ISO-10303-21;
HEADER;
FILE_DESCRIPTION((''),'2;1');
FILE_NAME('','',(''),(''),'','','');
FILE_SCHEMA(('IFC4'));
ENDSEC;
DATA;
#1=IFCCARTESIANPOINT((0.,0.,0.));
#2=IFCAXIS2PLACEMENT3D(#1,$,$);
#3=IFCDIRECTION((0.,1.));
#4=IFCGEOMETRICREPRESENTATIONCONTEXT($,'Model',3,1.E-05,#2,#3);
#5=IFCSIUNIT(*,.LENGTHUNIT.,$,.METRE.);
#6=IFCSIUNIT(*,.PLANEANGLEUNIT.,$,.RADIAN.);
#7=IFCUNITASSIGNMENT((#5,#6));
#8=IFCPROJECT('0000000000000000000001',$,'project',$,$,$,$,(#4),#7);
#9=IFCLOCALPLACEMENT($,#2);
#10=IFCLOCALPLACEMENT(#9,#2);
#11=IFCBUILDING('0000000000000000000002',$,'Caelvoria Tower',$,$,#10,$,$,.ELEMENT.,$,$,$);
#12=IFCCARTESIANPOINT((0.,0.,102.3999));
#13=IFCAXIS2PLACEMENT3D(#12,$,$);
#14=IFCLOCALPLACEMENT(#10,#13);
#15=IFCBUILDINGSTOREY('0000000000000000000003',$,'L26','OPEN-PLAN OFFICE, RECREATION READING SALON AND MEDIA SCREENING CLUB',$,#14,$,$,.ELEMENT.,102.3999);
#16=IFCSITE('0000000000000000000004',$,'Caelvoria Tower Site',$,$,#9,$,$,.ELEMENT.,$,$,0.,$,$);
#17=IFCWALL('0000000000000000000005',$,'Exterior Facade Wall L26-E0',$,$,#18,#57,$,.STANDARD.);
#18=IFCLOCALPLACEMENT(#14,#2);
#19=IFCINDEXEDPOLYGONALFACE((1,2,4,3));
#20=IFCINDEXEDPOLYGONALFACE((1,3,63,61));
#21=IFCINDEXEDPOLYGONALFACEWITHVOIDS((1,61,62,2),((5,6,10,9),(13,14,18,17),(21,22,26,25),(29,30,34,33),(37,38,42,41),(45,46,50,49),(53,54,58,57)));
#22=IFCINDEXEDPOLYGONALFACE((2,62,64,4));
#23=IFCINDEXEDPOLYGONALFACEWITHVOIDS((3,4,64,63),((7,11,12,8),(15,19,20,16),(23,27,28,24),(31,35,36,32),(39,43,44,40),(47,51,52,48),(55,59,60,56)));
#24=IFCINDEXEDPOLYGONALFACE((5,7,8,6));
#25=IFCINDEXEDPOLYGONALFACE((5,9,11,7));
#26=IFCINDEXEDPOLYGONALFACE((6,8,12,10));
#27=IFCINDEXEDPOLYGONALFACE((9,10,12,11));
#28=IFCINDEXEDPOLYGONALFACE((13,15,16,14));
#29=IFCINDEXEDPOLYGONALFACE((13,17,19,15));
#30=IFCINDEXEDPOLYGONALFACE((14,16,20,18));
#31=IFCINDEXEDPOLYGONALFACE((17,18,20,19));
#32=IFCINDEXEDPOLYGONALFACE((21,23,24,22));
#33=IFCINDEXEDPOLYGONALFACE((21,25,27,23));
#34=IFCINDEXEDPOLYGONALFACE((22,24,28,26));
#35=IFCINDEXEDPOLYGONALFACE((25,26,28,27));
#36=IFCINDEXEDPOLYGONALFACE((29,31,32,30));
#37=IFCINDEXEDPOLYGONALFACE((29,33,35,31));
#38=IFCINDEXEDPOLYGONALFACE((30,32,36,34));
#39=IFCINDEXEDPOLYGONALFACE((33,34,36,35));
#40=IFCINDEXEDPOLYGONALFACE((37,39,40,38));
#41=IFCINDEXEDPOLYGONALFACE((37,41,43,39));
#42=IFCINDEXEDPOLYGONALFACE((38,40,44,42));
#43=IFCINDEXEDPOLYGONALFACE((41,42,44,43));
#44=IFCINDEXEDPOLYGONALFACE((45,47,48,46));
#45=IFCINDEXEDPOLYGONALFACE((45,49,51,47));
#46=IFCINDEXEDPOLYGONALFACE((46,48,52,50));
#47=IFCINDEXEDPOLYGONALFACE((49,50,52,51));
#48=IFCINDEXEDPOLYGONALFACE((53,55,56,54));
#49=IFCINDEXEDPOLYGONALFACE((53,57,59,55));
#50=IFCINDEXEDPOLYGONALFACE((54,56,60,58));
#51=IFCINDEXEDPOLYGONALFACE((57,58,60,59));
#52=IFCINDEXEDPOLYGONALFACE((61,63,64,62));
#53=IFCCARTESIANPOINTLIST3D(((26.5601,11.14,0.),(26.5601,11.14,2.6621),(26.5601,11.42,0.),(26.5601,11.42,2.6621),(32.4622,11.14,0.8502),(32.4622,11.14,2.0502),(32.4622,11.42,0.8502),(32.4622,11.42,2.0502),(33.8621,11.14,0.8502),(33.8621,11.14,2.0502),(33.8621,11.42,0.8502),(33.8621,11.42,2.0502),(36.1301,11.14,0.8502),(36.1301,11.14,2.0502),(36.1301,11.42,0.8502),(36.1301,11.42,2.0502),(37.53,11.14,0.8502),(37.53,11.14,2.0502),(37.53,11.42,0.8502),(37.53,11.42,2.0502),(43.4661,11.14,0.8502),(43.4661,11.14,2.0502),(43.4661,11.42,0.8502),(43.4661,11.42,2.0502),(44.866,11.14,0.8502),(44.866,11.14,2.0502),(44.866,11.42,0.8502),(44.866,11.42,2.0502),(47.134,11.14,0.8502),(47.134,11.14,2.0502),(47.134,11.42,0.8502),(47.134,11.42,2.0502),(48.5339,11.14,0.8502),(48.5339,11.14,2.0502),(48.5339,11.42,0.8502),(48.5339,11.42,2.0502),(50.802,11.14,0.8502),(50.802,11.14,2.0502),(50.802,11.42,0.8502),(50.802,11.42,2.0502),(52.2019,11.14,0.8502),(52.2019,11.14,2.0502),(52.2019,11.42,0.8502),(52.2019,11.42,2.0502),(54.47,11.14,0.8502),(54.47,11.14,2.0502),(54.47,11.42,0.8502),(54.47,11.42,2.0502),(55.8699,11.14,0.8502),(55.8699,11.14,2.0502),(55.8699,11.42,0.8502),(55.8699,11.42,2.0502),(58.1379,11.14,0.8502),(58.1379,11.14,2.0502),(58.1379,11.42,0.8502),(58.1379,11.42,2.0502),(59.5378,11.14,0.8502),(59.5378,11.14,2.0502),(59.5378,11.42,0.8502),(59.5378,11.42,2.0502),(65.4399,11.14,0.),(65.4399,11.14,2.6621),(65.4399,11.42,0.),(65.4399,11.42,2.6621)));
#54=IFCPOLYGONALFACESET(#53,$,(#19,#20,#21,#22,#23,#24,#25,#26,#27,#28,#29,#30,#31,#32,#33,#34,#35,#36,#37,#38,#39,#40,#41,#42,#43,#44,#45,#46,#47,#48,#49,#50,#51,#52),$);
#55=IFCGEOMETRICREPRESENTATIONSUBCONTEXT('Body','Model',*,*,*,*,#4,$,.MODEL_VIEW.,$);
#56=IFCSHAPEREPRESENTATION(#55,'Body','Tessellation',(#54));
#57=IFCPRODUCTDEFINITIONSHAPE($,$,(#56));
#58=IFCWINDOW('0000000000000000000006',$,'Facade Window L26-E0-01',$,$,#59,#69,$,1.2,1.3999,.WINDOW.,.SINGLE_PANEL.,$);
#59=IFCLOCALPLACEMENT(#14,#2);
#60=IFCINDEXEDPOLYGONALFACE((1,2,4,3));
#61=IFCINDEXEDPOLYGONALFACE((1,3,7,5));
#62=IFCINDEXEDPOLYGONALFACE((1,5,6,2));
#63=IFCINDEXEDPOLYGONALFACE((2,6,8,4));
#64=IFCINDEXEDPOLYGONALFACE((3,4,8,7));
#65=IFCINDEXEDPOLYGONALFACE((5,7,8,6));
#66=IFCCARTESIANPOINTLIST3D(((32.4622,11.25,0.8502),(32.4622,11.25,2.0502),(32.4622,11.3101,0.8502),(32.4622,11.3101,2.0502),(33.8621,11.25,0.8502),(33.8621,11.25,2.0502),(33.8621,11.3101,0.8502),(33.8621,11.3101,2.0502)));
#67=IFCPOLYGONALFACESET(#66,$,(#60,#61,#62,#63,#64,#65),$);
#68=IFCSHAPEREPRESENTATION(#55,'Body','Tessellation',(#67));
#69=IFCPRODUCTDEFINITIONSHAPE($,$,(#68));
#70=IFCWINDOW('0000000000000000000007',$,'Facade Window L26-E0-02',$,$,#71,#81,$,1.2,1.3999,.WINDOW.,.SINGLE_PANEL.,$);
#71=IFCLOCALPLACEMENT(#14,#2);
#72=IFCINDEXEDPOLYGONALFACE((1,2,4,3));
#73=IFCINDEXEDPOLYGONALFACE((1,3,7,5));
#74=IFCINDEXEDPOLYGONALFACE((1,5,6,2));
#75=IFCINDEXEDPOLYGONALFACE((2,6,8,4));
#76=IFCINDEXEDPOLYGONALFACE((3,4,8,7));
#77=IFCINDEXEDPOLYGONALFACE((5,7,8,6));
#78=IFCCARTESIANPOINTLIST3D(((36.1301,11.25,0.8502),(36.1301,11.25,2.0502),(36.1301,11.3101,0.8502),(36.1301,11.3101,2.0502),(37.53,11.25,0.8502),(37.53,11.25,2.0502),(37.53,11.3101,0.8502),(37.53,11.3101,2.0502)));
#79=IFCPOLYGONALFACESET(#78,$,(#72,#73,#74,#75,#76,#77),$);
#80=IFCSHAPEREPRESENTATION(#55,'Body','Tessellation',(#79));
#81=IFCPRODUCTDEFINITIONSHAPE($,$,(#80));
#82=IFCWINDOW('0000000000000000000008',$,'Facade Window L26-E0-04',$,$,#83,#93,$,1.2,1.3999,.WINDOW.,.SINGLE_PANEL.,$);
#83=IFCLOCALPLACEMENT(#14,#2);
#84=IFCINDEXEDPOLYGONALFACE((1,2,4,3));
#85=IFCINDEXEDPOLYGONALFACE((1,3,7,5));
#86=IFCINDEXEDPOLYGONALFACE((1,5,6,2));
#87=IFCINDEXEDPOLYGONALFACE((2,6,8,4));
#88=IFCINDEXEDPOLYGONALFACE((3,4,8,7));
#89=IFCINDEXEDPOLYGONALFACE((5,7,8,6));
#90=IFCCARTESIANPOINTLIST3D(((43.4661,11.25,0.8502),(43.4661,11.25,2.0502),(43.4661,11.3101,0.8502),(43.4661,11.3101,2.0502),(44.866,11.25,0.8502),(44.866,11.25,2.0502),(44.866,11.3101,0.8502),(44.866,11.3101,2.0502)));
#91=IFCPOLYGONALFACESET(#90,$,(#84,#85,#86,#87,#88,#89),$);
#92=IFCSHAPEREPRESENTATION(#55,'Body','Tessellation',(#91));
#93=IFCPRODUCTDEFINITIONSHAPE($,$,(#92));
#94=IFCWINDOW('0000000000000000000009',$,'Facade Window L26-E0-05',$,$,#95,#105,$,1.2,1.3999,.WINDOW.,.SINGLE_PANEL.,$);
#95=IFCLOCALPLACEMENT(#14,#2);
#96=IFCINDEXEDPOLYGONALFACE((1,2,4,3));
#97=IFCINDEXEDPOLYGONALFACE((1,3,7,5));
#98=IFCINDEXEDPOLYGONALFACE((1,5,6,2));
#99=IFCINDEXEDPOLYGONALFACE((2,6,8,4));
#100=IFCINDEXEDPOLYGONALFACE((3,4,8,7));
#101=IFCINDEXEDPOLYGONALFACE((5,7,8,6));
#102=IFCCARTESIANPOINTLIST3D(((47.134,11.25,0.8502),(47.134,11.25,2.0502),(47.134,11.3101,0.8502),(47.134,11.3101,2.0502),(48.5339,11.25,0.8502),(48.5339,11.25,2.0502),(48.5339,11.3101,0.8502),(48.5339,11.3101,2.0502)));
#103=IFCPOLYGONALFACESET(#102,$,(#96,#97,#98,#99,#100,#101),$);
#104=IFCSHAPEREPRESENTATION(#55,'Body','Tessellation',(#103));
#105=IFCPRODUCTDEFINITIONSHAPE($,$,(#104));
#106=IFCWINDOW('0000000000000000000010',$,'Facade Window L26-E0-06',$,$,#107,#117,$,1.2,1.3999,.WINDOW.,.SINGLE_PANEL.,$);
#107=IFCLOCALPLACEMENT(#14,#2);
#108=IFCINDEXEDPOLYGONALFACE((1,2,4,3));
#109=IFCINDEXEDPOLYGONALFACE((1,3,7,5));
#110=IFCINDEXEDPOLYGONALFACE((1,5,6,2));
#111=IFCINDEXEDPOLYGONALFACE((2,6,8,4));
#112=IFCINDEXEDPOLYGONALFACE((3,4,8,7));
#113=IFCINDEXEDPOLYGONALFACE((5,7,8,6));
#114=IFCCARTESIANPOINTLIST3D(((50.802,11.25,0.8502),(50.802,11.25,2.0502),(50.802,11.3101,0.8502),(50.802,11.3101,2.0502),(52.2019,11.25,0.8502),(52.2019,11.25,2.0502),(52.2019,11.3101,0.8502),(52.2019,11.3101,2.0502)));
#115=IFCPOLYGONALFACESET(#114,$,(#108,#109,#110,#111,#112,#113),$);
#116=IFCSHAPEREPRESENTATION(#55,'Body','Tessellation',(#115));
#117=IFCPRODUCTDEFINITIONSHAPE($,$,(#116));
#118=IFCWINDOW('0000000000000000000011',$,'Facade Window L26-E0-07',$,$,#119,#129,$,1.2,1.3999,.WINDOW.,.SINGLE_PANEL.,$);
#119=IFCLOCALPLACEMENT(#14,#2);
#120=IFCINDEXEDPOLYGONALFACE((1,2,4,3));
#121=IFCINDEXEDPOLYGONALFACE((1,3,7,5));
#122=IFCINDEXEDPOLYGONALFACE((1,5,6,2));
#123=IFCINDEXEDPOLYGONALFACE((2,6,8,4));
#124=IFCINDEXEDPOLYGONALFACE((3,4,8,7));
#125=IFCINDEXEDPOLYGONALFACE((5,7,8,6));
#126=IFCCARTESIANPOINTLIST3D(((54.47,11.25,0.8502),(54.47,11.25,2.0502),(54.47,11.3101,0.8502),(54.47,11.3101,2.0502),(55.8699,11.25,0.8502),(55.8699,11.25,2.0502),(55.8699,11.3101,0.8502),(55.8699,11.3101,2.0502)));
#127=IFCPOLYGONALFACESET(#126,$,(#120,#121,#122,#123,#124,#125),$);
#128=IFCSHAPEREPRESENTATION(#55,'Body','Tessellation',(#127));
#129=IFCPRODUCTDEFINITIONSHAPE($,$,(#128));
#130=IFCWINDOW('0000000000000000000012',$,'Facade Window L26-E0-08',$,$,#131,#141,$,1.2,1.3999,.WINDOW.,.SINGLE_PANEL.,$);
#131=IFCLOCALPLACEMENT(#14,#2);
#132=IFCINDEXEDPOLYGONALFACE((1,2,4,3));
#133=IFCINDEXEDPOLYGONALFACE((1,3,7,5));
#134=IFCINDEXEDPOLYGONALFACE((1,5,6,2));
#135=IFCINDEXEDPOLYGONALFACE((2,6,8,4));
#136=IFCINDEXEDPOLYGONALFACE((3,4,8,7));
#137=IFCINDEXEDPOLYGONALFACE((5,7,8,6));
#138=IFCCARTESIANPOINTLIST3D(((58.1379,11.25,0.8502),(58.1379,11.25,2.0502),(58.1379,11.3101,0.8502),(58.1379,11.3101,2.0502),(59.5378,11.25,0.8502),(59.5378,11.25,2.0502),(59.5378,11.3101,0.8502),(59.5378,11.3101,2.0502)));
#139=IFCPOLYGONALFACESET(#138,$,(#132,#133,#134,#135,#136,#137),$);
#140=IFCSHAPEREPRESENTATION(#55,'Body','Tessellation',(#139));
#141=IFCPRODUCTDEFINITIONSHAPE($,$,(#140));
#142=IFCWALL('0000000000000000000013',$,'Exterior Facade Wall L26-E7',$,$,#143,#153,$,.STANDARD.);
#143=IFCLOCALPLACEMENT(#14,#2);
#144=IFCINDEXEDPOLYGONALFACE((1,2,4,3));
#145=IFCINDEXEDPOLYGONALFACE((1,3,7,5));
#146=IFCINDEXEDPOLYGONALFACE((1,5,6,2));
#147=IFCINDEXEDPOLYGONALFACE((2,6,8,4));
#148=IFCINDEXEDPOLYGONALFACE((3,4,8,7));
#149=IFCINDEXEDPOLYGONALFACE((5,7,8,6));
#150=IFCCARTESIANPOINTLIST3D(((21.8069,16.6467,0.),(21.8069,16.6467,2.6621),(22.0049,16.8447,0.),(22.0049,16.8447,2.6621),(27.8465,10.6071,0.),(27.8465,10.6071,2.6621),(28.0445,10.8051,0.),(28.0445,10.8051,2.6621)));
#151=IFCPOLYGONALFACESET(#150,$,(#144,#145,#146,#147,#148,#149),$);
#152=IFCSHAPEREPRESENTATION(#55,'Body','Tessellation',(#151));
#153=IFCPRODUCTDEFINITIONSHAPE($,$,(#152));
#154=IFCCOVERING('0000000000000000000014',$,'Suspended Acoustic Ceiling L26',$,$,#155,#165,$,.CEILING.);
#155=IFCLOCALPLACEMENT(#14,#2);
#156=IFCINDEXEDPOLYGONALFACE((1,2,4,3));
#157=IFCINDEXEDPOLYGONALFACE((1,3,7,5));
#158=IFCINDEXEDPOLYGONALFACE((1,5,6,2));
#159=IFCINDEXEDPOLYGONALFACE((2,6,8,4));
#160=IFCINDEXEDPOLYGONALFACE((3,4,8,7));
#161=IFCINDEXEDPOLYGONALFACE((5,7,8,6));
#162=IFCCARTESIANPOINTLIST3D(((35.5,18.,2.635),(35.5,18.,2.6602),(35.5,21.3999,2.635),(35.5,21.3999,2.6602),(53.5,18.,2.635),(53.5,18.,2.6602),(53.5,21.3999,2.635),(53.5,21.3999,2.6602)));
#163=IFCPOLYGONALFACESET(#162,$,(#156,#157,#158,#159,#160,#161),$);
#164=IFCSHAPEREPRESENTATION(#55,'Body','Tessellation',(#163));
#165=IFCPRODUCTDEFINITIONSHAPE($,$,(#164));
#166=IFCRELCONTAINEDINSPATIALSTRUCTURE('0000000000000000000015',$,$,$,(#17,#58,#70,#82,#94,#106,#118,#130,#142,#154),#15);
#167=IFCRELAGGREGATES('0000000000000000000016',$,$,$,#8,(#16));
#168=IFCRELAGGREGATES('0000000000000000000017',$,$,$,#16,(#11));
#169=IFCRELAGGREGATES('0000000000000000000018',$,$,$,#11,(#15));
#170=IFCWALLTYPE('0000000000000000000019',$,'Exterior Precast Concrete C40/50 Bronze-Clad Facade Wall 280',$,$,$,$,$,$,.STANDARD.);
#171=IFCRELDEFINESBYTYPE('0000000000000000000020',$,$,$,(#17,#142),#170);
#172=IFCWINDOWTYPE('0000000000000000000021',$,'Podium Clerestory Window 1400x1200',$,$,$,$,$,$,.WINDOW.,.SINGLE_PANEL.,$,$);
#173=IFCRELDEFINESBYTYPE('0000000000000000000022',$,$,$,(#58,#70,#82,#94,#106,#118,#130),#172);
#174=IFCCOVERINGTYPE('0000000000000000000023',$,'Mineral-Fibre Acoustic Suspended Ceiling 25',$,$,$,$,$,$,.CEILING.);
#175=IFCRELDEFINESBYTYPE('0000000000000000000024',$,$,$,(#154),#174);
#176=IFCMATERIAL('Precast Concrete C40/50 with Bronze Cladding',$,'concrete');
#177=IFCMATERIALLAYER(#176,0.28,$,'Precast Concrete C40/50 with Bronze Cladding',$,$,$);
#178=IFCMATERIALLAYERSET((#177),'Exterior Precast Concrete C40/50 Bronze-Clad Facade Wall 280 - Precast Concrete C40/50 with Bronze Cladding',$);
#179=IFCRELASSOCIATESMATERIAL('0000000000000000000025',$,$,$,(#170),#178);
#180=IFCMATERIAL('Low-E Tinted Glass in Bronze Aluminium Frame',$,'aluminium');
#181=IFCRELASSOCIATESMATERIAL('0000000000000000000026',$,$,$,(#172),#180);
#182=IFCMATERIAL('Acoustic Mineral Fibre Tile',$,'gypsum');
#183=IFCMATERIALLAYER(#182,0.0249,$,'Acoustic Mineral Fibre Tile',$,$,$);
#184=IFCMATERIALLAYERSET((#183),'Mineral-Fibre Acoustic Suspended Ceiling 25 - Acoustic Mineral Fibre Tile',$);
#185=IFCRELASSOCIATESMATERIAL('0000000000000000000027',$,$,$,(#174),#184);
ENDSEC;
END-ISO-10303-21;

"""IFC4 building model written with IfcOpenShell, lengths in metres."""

from ifc_helpers import new_model, si_unit, direction, frame, frame_2d, origin, place, context, subcontext, project, spatial, polyline, rectangle, outline, extrude, material, layer, layer_set, type_object, element, fill, save


model = new_model("IFC4")

# Units and contexts
model_context = context("Model", 3, precision=1e-05, world=origin(), true_north=direction((0.0, 1.0)))
body_context = subcontext(model_context, "Body", "Model", "MODEL_VIEW")
ifc_project = project(units=[si_unit("LENGTHUNIT", "METRE"), si_unit("PLANEANGLEUNIT", "RADIAN")], contexts=[model_context])

# Site, building, storey
site_placement = place(None, origin())
site = spatial("IfcSite", under=ifc_project, at=site_placement, Name="Caelvoria Tower Site", CompositionType="ELEMENT", RefElevation=0.0)
building_placement = place(site_placement, origin())
building = spatial("IfcBuilding", under=site, at=building_placement, Name="Caelvoria Tower", CompositionType="ELEMENT")
storey_placement = place(building_placement, frame((0.0, 0.0, 102.3999)))
storey = spatial("IfcBuildingStorey", under=building, at=storey_placement, Name="L26", Description="OPEN-PLAN OFFICE, RECREATION READING SALON AND MEDIA SCREENING CLUB", CompositionType="ELEMENT", Elevation=102.3999)

# Wall, openings, windows
ifc_material_1 = material(Name="Precast Concrete C40/50 with Bronze Cladding", Category="concrete")
ifc_layer_1 = layer(ifc_material_1, 0.28, Name="Precast Concrete C40/50 with Bronze Cladding")
ifc_layer_set_1 = layer_set([ifc_layer_1], Name="Exterior Precast Concrete C40/50 Bronze-Clad Facade Wall 280 - Precast Concrete C40/50 with Bronze Cladding")
wall_type = type_object("IfcWallType", Name="Exterior Precast Concrete C40/50 Bronze-Clad Facade Wall 280", PredefinedType="STANDARD", material=ifc_layer_set_1)
wall_1_placement = place(storey_placement, frame((26.5601, 11.28, 0.0), z_axis=(0.0, 0.0, 1.0), x_axis=(1.0, 0.0, 0.0)))
wall_1 = element("IfcWall", 1, at=wall_1_placement, inside=storey, type_object=wall_type, Name="Exterior Facade Wall L26-E0", PredefinedType="STANDARD", context=body_context, shape_type="SweptSolid", body=[
    extrude(rectangle(XDim=38.8799, YDim=0.28, at=frame_2d((19.4399, 0.0))), origin(), (0.0, 0.0, 1.0), 2.6621),
])
opening_1_placement = place(wall_1_placement, frame((5.9021, 0.0, 0.8501)))
opening_1 = element("IfcOpeningElement", 2, at=opening_1_placement, cuts=wall_1, PredefinedType="OPENING", context=body_context, shape_type="SweptSolid", body=[
    extrude(rectangle(XDim=1.3999, YDim=1.2, at=frame_2d((0.7, 0.6001))), frame((0.0, 0.1499, 0.0), z_axis=(0.0, -1.0, 0.0), x_axis=(1.0, 0.0, 0.0)), (0.0, 0.0, 1.0), 0.3),
])
opening_2_placement = place(wall_1_placement, frame((9.5701, 0.0, 0.8501)))
opening_2 = element("IfcOpeningElement", 3, at=opening_2_placement, cuts=wall_1, PredefinedType="OPENING", context=body_context, shape_type="SweptSolid", body=[
    extrude(rectangle(XDim=1.3999, YDim=1.2, at=frame_2d((0.7, 0.6001))), frame((0.0, 0.1499, 0.0), z_axis=(0.0, -1.0, 0.0), x_axis=(1.0, 0.0, 0.0)), (0.0, 0.0, 1.0), 0.3),
])
opening_3_placement = place(wall_1_placement, frame((16.906, 0.0, 0.8501)))
opening_3 = element("IfcOpeningElement", 4, at=opening_3_placement, cuts=wall_1, PredefinedType="OPENING", context=body_context, shape_type="SweptSolid", body=[
    extrude(rectangle(XDim=1.3999, YDim=1.2, at=frame_2d((0.7, 0.6001))), frame((0.0, 0.1499, 0.0), z_axis=(0.0, -1.0, 0.0), x_axis=(1.0, 0.0, 0.0)), (0.0, 0.0, 1.0), 0.3),
])
opening_4_placement = place(wall_1_placement, frame((20.574, 0.0, 0.8501)))
opening_4 = element("IfcOpeningElement", 5, at=opening_4_placement, cuts=wall_1, PredefinedType="OPENING", context=body_context, shape_type="SweptSolid", body=[
    extrude(rectangle(XDim=1.3999, YDim=1.2, at=frame_2d((0.7, 0.6001))), frame((0.0, 0.1499, 0.0), z_axis=(0.0, -1.0, 0.0), x_axis=(1.0, 0.0, 0.0)), (0.0, 0.0, 1.0), 0.3),
])
opening_5_placement = place(wall_1_placement, frame((24.2419, 0.0, 0.8501)))
opening_5 = element("IfcOpeningElement", 6, at=opening_5_placement, cuts=wall_1, PredefinedType="OPENING", context=body_context, shape_type="SweptSolid", body=[
    extrude(rectangle(XDim=1.3999, YDim=1.2, at=frame_2d((0.7, 0.6001))), frame((0.0, 0.1499, 0.0), z_axis=(0.0, -1.0, 0.0), x_axis=(1.0, 0.0, 0.0)), (0.0, 0.0, 1.0), 0.3),
])
opening_6_placement = place(wall_1_placement, frame((27.9099, 0.0, 0.8501)))
opening_6 = element("IfcOpeningElement", 7, at=opening_6_placement, cuts=wall_1, PredefinedType="OPENING", context=body_context, shape_type="SweptSolid", body=[
    extrude(rectangle(XDim=1.3999, YDim=1.2, at=frame_2d((0.7, 0.6001))), frame((0.0, 0.1499, 0.0), z_axis=(0.0, -1.0, 0.0), x_axis=(1.0, 0.0, 0.0)), (0.0, 0.0, 1.0), 0.3),
])
opening_7_placement = place(wall_1_placement, frame((31.5779, 0.0, 0.8501)))
opening_7 = element("IfcOpeningElement", 8, at=opening_7_placement, cuts=wall_1, PredefinedType="OPENING", context=body_context, shape_type="SweptSolid", body=[
    extrude(rectangle(XDim=1.3999, YDim=1.2, at=frame_2d((0.7, 0.6001))), frame((0.0, 0.1499, 0.0), z_axis=(0.0, -1.0, 0.0), x_axis=(1.0, 0.0, 0.0)), (0.0, 0.0, 1.0), 0.3),
])
ifc_material_2 = material(Name="Low-E Tinted Glass in Bronze Aluminium Frame", Category="aluminium")
window_type = type_object("IfcWindowType", Name="Podium Clerestory Window 1400x1200", PartitioningType="SINGLE_PANEL", PredefinedType="WINDOW", material=ifc_material_2)
window_1_placement = place(opening_1_placement, origin())
window_1 = element("IfcWindow", 9, at=window_1_placement, inside=storey, type_object=window_type, Name="Facade Window L26-E0-01", OverallHeight=1.2, OverallWidth=1.3999, PartitioningType="SINGLE_PANEL", PredefinedType="WINDOW", context=body_context, shape_type="SweptSolid", body=[
    extrude(rectangle(XDim=1.3999, YDim=1.2, at=frame_2d((0.7, 0.6001))), frame((0.0, 0.03, 0.0), z_axis=(0.0, -1.0, 0.0), x_axis=(1.0, 0.0, 0.0)), (0.0, 0.0, 1.0), 0.0601),
])
fill(opening_1, window_1)
window_2_placement = place(opening_2_placement, origin())
window_2 = element("IfcWindow", 10, at=window_2_placement, inside=storey, type_object=window_type, Name="Facade Window L26-E0-02", OverallHeight=1.2, OverallWidth=1.3999, PartitioningType="SINGLE_PANEL", PredefinedType="WINDOW", context=body_context, shape_type="SweptSolid", body=[
    extrude(rectangle(XDim=1.3999, YDim=1.2, at=frame_2d((0.7, 0.6001))), frame((0.0, 0.03, 0.0), z_axis=(0.0, -1.0, 0.0), x_axis=(1.0, 0.0, 0.0)), (0.0, 0.0, 1.0), 0.0601),
])
fill(opening_2, window_2)
window_3_placement = place(opening_3_placement, origin())
window_3 = element("IfcWindow", 11, at=window_3_placement, inside=storey, type_object=window_type, Name="Facade Window L26-E0-04", OverallHeight=1.2, OverallWidth=1.3999, PartitioningType="SINGLE_PANEL", PredefinedType="WINDOW", context=body_context, shape_type="SweptSolid", body=[
    extrude(rectangle(XDim=1.3999, YDim=1.2, at=frame_2d((0.7, 0.6001))), frame((0.0, 0.03, 0.0), z_axis=(0.0, -1.0, 0.0), x_axis=(1.0, 0.0, 0.0)), (0.0, 0.0, 1.0), 0.0601),
])
fill(opening_3, window_3)
window_4_placement = place(opening_4_placement, origin())
window_4 = element("IfcWindow", 12, at=window_4_placement, inside=storey, type_object=window_type, Name="Facade Window L26-E0-05", OverallHeight=1.2, OverallWidth=1.3999, PartitioningType="SINGLE_PANEL", PredefinedType="WINDOW", context=body_context, shape_type="SweptSolid", body=[
    extrude(rectangle(XDim=1.3999, YDim=1.2, at=frame_2d((0.7, 0.6001))), frame((0.0, 0.03, 0.0), z_axis=(0.0, -1.0, 0.0), x_axis=(1.0, 0.0, 0.0)), (0.0, 0.0, 1.0), 0.0601),
])
fill(opening_4, window_4)
window_5_placement = place(opening_5_placement, origin())
window_5 = element("IfcWindow", 13, at=window_5_placement, inside=storey, type_object=window_type, Name="Facade Window L26-E0-06", OverallHeight=1.2, OverallWidth=1.3999, PartitioningType="SINGLE_PANEL", PredefinedType="WINDOW", context=body_context, shape_type="SweptSolid", body=[
    extrude(rectangle(XDim=1.3999, YDim=1.2, at=frame_2d((0.7, 0.6001))), frame((0.0, 0.03, 0.0), z_axis=(0.0, -1.0, 0.0), x_axis=(1.0, 0.0, 0.0)), (0.0, 0.0, 1.0), 0.0601),
])
fill(opening_5, window_5)
window_6_placement = place(opening_6_placement, origin())
window_6 = element("IfcWindow", 14, at=window_6_placement, inside=storey, type_object=window_type, Name="Facade Window L26-E0-07", OverallHeight=1.2, OverallWidth=1.3999, PartitioningType="SINGLE_PANEL", PredefinedType="WINDOW", context=body_context, shape_type="SweptSolid", body=[
    extrude(rectangle(XDim=1.3999, YDim=1.2, at=frame_2d((0.7, 0.6001))), frame((0.0, 0.03, 0.0), z_axis=(0.0, -1.0, 0.0), x_axis=(1.0, 0.0, 0.0)), (0.0, 0.0, 1.0), 0.0601),
])
fill(opening_6, window_6)
window_7_placement = place(opening_7_placement, origin())
window_7 = element("IfcWindow", 15, at=window_7_placement, inside=storey, type_object=window_type, Name="Facade Window L26-E0-08", OverallHeight=1.2, OverallWidth=1.3999, PartitioningType="SINGLE_PANEL", PredefinedType="WINDOW", context=body_context, shape_type="SweptSolid", body=[
    extrude(rectangle(XDim=1.3999, YDim=1.2, at=frame_2d((0.7, 0.6001))), frame((0.0, 0.03, 0.0), z_axis=(0.0, -1.0, 0.0), x_axis=(1.0, 0.0, 0.0)), (0.0, 0.0, 1.0), 0.0601),
])
fill(opening_7, window_7)

# Wall
wall_2_placement = place(storey_placement, frame((21.906, 16.7456, 0.0), z_axis=(0.0, 0.0, 1.0), x_axis=(0.707107, -0.707107, 0.0)))
element("IfcWall", 16, at=wall_2_placement, inside=storey, type_object=wall_type, Name="Exterior Facade Wall L26-E7", PredefinedType="STANDARD", context=body_context, shape_type="SweptSolid", body=[
    extrude(rectangle(XDim=8.5413, YDim=0.28, at=frame_2d((4.2705, 0.0))), origin(), (0.0, 0.0, 1.0), 2.6621),
])

# Covering
ifc_material_3 = material(Name="Acoustic Mineral Fibre Tile", Category="gypsum")
ifc_layer_2 = layer(ifc_material_3, 0.0249, Name="Acoustic Mineral Fibre Tile")
ifc_layer_set_2 = layer_set([ifc_layer_2], Name="Mineral-Fibre Acoustic Suspended Ceiling 25 - Acoustic Mineral Fibre Tile")
covering_type_1 = type_object("IfcCoveringType", Name="Mineral-Fibre Acoustic Suspended Ceiling 25", PredefinedType="CEILING", material=ifc_layer_set_2)
covering_1_placement = place(storey_placement, frame((0.0, 0.0, 2.635)))
element("IfcCovering", 17, at=covering_1_placement, inside=storey, type_object=covering_type_1, Name="Suspended Acoustic Ceiling L26", PredefinedType="CEILING", context=body_context, shape_type="SweptSolid", body=[
    extrude(outline(polyline([(35.5, 18.0), (53.5, 18.0), (53.5, 21.3999), (35.5, 21.3999), (35.5, 18.0)])), origin(), (0.0, 0.0, 1.0), 0.0251),
])

save(model, "model.ifc")
